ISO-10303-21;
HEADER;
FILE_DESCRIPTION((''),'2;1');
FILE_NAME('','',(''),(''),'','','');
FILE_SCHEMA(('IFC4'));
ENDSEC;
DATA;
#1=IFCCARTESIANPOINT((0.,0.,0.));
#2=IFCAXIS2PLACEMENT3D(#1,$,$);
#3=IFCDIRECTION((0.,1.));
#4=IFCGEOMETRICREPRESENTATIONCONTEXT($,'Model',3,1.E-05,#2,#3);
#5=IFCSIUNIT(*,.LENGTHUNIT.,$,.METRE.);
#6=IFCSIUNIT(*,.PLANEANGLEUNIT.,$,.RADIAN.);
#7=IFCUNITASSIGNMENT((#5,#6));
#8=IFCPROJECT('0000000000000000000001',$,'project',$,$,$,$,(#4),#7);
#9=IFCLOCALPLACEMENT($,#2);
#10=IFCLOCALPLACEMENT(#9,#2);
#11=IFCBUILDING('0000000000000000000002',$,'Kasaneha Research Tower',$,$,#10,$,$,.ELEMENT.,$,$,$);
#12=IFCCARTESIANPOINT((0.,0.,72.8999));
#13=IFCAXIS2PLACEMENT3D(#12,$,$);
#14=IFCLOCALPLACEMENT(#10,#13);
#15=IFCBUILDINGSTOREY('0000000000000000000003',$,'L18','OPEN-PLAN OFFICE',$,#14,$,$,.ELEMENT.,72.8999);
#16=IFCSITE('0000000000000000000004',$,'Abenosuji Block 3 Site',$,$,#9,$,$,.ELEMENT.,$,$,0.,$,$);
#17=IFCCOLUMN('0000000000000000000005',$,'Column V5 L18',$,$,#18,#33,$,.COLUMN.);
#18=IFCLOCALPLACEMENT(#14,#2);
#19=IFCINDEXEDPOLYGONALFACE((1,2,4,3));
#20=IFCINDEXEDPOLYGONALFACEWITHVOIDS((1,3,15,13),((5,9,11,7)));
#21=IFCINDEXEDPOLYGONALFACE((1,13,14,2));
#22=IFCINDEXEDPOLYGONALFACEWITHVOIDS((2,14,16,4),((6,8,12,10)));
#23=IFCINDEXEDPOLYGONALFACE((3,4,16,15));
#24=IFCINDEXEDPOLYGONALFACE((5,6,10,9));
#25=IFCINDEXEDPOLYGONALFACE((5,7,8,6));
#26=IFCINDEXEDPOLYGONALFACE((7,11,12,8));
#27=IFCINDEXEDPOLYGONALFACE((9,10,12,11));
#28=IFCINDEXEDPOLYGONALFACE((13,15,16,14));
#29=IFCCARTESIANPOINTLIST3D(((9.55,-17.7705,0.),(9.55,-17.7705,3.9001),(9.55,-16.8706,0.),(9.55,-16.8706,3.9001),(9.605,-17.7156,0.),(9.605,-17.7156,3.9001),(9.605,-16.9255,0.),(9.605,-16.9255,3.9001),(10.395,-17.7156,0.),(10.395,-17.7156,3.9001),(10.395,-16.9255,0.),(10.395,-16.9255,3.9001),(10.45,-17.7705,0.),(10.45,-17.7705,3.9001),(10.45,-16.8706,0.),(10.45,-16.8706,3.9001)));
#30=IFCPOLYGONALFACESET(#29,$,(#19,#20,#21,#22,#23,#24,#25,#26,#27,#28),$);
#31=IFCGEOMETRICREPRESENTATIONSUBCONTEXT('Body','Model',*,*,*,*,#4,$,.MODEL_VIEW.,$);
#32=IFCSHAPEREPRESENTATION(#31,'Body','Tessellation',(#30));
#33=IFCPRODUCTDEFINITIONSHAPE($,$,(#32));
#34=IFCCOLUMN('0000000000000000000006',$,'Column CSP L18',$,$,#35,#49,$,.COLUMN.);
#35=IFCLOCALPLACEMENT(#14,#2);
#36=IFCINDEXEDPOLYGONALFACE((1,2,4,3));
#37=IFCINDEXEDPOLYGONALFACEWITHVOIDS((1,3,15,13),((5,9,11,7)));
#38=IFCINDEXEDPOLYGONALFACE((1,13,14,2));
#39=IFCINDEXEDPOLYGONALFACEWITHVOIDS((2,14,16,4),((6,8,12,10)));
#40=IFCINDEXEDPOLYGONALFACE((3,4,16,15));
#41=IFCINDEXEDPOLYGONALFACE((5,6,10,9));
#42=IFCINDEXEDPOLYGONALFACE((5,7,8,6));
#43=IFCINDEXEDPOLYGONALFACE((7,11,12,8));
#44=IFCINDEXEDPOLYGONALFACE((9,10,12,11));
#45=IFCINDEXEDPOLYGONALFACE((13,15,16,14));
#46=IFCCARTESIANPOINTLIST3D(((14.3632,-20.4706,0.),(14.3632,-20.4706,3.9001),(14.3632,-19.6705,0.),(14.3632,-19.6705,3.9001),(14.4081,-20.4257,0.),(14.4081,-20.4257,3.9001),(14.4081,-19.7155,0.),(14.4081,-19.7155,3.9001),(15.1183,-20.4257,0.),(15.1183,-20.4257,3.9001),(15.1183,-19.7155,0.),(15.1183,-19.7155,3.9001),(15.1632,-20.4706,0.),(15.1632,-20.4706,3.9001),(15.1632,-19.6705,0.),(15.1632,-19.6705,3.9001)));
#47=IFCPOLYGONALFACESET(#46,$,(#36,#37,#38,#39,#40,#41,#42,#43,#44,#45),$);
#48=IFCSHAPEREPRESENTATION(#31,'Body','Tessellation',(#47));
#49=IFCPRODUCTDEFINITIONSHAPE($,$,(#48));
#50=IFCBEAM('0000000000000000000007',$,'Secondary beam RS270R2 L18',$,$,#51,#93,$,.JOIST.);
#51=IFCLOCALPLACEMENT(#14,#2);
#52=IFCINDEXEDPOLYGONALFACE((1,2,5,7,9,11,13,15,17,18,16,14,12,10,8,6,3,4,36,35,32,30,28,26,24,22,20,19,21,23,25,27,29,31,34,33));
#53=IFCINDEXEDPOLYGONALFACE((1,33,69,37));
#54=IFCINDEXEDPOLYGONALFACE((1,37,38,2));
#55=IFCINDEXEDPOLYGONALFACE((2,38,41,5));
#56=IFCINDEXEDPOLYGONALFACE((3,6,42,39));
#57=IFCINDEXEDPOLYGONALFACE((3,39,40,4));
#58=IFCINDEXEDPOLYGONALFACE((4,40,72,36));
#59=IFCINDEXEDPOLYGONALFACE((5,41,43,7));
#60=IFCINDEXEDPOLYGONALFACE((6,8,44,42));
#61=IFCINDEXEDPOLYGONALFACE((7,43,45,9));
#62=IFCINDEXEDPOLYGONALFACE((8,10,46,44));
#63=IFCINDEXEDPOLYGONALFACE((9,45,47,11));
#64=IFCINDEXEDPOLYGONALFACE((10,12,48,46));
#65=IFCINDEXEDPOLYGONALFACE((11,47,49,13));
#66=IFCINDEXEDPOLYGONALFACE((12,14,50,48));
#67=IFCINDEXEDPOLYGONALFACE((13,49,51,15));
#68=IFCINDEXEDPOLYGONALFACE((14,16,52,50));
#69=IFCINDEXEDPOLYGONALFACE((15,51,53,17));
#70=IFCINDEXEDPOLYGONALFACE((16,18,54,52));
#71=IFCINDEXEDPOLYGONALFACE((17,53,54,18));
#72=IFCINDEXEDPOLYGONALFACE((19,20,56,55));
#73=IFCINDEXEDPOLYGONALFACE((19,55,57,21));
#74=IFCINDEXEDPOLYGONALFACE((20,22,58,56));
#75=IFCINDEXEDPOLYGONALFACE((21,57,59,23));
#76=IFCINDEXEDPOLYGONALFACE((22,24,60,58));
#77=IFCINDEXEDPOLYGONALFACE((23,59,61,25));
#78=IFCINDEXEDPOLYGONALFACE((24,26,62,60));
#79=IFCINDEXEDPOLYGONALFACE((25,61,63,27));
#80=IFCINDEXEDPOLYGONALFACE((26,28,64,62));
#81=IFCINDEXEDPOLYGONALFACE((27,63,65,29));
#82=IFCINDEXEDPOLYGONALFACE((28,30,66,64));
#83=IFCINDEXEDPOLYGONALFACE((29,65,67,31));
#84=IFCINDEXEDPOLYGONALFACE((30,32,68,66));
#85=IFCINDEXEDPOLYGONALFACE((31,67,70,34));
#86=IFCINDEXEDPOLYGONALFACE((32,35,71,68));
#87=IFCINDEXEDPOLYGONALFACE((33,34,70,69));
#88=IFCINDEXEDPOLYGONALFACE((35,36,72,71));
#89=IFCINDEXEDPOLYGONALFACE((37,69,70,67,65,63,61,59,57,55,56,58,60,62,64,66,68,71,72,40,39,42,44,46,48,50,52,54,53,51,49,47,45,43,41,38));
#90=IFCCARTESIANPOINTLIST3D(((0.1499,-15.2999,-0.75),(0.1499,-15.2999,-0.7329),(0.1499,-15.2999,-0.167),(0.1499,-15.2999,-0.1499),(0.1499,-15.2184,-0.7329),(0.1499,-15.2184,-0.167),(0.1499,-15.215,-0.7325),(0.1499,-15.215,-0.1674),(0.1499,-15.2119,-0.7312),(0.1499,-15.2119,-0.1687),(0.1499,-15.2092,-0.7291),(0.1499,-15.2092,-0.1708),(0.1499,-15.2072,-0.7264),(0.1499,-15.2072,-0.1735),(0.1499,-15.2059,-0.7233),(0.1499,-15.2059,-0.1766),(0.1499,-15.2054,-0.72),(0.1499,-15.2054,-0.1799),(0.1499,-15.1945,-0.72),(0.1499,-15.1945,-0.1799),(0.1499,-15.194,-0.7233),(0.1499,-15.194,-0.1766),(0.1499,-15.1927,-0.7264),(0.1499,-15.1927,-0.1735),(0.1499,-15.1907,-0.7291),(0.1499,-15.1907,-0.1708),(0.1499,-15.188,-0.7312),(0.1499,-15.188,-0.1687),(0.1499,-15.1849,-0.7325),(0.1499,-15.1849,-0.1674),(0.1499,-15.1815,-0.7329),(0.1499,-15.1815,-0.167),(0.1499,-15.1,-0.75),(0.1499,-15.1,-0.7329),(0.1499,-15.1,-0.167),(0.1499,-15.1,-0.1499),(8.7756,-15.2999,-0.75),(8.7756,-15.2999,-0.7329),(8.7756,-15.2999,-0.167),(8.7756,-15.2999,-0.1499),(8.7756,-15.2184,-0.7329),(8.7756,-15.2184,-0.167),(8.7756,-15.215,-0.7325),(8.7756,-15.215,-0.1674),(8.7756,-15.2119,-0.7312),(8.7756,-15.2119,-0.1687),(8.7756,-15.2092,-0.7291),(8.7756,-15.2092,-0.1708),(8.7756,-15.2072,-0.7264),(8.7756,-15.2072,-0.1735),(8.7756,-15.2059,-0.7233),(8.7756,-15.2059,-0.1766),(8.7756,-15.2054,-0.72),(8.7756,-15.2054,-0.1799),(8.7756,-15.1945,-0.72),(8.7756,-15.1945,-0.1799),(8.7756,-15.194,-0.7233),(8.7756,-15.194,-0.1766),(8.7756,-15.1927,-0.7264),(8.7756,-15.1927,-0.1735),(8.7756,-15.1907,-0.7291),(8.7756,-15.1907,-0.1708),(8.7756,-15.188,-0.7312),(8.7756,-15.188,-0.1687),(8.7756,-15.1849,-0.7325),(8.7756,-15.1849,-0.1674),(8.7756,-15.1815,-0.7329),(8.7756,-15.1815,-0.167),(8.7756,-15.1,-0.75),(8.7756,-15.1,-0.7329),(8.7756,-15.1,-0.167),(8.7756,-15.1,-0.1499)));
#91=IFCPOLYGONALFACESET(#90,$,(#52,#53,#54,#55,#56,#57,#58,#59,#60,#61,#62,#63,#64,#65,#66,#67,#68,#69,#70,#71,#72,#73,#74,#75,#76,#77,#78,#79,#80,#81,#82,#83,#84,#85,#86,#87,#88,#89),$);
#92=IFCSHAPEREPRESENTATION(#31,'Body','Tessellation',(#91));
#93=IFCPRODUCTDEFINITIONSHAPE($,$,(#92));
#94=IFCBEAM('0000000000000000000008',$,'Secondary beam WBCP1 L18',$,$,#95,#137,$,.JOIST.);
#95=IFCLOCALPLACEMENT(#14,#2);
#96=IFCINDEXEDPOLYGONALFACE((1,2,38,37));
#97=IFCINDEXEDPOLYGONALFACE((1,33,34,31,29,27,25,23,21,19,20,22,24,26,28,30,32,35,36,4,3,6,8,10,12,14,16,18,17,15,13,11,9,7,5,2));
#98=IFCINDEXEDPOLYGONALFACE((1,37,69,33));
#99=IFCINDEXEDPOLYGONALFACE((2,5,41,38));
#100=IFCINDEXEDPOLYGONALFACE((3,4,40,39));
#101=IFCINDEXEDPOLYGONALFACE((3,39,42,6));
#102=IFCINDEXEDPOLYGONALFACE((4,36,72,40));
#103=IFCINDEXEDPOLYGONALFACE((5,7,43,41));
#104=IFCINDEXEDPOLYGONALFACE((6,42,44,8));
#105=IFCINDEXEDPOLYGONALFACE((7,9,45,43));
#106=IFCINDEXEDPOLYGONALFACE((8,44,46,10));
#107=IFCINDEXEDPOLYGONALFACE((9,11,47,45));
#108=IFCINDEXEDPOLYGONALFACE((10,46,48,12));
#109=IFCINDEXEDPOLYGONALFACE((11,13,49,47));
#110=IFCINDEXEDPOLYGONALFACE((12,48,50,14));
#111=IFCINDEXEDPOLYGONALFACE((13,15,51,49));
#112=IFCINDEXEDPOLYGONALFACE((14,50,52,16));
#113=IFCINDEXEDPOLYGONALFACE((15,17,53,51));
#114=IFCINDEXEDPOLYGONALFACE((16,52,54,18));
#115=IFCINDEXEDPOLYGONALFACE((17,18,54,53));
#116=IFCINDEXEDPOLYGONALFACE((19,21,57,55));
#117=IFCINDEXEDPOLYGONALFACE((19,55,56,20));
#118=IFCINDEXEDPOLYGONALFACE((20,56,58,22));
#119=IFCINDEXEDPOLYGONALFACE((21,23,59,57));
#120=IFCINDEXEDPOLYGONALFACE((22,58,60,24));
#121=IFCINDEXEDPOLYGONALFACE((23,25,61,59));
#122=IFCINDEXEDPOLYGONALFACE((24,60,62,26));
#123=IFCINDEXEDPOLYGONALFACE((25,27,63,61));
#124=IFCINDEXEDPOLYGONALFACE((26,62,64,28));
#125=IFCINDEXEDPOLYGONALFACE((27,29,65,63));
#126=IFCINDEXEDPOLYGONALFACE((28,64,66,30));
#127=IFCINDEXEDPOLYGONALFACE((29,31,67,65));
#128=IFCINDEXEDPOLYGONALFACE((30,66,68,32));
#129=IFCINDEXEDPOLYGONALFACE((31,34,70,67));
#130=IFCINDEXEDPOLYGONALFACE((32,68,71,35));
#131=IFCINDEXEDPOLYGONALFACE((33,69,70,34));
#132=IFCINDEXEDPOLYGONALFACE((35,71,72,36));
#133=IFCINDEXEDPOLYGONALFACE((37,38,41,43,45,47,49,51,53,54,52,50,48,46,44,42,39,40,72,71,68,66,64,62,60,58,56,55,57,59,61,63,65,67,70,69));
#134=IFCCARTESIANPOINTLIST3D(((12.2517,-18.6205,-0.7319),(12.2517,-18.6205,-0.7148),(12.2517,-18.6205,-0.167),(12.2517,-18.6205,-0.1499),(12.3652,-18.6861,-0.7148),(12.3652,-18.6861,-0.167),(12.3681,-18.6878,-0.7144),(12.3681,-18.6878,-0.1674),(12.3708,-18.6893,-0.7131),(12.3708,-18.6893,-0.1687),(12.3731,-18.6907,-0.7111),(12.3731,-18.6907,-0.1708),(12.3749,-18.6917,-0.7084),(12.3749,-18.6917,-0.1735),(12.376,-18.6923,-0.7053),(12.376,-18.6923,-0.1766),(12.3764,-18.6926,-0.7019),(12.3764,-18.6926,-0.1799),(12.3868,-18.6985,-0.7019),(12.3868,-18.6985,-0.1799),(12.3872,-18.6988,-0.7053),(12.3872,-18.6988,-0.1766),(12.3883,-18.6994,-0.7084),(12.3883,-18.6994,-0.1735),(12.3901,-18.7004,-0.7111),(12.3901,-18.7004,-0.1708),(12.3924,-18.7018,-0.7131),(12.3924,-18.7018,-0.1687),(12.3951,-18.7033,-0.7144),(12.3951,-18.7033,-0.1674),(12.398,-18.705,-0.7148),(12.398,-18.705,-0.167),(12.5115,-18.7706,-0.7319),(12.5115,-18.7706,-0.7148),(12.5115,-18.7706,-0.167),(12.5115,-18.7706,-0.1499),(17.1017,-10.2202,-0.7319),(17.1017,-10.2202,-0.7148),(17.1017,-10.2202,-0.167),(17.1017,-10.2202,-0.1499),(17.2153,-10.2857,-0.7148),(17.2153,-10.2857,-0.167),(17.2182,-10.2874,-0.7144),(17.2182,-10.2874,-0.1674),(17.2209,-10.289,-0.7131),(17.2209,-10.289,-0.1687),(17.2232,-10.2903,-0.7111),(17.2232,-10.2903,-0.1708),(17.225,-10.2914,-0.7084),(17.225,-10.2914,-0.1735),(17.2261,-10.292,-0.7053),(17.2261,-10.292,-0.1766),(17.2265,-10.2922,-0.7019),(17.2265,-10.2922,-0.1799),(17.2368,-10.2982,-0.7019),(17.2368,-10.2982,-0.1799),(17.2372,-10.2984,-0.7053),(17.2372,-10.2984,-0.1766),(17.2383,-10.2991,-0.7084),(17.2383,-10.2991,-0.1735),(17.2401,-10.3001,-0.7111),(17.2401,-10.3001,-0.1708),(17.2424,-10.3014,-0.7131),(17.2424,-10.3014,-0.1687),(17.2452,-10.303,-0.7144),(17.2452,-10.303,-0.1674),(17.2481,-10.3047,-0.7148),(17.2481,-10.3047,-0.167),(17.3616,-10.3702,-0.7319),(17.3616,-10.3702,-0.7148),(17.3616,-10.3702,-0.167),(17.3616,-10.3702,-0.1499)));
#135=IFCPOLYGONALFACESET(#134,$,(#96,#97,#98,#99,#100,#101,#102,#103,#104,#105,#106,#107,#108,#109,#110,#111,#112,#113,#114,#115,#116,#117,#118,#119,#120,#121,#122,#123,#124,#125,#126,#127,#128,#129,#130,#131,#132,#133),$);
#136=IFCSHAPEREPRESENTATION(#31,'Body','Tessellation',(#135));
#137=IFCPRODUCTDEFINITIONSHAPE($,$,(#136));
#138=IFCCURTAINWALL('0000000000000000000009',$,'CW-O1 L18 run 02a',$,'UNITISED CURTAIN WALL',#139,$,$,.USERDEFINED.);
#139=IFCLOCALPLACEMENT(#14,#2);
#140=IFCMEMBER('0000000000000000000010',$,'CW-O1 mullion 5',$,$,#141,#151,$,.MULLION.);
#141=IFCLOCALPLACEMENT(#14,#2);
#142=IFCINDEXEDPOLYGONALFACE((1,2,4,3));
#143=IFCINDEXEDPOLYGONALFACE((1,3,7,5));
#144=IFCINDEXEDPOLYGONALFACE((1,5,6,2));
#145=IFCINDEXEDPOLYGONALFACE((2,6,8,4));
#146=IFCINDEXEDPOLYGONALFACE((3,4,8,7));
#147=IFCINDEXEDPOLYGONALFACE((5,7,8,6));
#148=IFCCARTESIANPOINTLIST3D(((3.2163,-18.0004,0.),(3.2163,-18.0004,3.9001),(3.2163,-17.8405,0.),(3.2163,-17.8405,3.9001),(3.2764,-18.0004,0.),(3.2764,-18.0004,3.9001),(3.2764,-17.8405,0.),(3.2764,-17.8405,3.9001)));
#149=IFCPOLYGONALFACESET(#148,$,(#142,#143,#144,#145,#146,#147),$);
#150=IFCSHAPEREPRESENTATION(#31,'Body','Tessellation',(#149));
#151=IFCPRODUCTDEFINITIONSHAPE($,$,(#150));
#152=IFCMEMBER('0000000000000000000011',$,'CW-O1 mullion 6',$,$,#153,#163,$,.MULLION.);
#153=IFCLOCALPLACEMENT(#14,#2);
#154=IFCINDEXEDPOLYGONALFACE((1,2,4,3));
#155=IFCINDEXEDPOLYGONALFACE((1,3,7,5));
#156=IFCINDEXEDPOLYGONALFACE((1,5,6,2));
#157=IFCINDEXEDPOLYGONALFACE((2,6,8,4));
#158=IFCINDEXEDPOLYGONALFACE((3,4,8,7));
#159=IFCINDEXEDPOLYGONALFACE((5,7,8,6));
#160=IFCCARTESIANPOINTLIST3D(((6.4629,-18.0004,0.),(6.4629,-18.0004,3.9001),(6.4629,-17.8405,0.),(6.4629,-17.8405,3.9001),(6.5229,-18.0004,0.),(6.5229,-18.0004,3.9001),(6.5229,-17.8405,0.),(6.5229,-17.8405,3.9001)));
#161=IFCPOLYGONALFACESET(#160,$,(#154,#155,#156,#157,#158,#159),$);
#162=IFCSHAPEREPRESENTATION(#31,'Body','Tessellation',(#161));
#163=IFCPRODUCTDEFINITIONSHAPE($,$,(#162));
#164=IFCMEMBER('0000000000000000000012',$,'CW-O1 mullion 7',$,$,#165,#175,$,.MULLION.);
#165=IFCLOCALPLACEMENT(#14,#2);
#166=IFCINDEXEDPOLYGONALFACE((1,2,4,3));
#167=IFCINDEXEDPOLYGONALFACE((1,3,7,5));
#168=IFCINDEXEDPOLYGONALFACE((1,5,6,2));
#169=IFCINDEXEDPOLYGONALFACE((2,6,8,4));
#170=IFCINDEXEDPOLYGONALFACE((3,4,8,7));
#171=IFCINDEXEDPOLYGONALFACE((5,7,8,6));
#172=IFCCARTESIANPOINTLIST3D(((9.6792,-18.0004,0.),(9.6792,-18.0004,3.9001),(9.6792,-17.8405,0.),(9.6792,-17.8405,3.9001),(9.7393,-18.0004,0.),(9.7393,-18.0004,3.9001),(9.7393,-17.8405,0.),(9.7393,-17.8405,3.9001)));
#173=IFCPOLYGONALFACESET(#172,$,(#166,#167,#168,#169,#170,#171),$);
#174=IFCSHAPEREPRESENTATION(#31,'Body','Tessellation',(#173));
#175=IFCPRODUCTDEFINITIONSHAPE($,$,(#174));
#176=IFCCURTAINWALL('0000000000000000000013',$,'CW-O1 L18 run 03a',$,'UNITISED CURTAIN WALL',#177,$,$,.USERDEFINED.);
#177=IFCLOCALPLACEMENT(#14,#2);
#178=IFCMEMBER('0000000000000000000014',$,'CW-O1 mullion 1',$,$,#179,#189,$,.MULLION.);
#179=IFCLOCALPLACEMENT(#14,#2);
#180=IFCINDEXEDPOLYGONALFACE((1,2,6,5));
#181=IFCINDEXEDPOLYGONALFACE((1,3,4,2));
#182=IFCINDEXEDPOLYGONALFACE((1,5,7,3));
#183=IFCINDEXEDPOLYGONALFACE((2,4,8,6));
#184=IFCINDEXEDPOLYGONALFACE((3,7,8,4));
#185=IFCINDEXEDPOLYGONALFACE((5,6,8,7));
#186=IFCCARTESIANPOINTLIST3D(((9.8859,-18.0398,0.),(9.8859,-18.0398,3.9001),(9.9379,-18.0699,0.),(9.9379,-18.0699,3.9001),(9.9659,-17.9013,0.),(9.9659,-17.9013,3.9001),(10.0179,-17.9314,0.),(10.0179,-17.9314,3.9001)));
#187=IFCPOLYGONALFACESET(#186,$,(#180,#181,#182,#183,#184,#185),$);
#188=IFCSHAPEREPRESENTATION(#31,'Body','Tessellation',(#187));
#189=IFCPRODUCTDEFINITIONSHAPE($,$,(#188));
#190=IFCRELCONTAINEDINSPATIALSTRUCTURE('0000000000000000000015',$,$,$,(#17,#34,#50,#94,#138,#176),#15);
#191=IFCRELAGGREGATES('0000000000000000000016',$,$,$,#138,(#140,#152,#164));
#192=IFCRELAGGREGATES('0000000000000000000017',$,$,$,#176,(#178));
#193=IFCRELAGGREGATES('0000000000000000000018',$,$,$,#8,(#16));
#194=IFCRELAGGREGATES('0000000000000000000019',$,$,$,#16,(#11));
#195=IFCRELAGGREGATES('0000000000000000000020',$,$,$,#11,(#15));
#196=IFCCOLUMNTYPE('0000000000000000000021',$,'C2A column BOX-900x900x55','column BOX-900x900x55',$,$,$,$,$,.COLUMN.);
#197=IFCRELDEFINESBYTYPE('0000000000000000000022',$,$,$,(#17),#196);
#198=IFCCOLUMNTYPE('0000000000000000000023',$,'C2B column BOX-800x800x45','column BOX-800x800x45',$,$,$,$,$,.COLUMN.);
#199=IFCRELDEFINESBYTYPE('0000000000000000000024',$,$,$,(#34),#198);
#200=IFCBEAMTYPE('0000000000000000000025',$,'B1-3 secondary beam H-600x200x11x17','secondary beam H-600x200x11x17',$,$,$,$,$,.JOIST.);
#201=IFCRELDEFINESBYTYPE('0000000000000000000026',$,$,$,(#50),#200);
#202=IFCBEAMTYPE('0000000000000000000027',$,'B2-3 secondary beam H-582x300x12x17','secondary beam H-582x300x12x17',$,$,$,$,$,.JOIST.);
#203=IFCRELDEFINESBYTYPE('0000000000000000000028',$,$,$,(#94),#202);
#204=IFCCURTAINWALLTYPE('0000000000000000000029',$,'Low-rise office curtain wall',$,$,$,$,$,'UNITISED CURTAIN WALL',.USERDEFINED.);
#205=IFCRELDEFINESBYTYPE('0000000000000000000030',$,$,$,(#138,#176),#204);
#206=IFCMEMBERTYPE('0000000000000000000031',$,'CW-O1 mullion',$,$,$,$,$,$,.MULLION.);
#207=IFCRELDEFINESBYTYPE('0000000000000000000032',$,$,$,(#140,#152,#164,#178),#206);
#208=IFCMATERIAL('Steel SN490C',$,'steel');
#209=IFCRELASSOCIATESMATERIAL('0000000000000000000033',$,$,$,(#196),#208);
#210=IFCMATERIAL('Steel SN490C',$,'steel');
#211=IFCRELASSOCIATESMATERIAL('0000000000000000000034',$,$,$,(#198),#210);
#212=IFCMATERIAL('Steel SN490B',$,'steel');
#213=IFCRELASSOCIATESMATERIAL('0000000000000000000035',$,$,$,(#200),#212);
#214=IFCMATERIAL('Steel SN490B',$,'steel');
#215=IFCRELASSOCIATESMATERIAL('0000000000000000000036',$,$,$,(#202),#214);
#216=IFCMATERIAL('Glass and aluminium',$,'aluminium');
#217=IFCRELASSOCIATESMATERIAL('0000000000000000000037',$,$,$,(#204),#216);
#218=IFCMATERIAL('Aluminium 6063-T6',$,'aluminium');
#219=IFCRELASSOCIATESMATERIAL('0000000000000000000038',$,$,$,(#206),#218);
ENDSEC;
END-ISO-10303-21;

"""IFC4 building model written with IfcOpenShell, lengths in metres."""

from ifc_helpers import new_model, si_unit, direction, frame, origin, origin_2d, place, context, subcontext, project, spatial, rectangle, hollow_rectangle, i_section, extrude, material, material_profile, profile_set, type_object, element, aggregate, save


model = new_model("IFC4")

# Units and contexts
model_context = context("Model", 3, precision=1e-05, world=origin(), true_north=direction((0.0, 1.0)))
body_context = subcontext(model_context, "Body", "Model", "MODEL_VIEW")
ifc_project = project(units=[si_unit("LENGTHUNIT", "METRE"), si_unit("PLANEANGLEUNIT", "RADIAN")], contexts=[model_context])

# Site, building, storey
site_placement = place(None, origin())
site = spatial("IfcSite", under=ifc_project, at=site_placement, Name="Abenosuji Block 3 Site", CompositionType="ELEMENT", RefElevation=0.0)
building_placement = place(site_placement, origin())
building = spatial("IfcBuilding", under=site, at=building_placement, Name="Kasaneha Research Tower", CompositionType="ELEMENT")
storey_placement = place(building_placement, frame((0.0, 0.0, 72.8999)))
storey = spatial("IfcBuildingStorey", under=building, at=storey_placement, Name="L18", Description="OPEN-PLAN OFFICE", CompositionType="ELEMENT", Elevation=72.8999)

# Columns
ifc_material_1 = material(Name="Steel SN490C", Category="steel")
ifc_material_profile_1 = material_profile(ifc_material_1, hollow_rectangle(XDim=0.8999, YDim=0.8999, WallThickness=0.0549, at=origin_2d()), Name="BOX-900x900x55")
ifc_profile_set_1 = profile_set([ifc_material_profile_1], Name="Steel SN490C")
column_type_1 = type_object("IfcColumnType", Name="C2A column BOX-900x900x55", Description="column BOX-900x900x55", PredefinedType="COLUMN", material=ifc_profile_set_1)
column_1_placement = place(storey_placement, frame((10.0, -17.3206, 0.0), z_axis=(0.0, 0.0, 1.0), x_axis=(1.0, 0.0, 0.0)))
element("IfcColumn", 1, at=column_1_placement, inside=storey, type_object=column_type_1, Name="Column V5 L18", PredefinedType="COLUMN", context=body_context, shape_type="SweptSolid", body=[
    extrude(hollow_rectangle(XDim=0.8999, YDim=0.8999, WallThickness=0.0549, at=origin_2d()), origin(), (0.0, 0.0, 1.0), 3.9001),
])
ifc_material_2 = material(Name="Steel SN490C", Category="steel")
ifc_material_profile_2 = material_profile(ifc_material_2, hollow_rectangle(XDim=0.8, YDim=0.8, WallThickness=0.0449, at=origin_2d()), Name="BOX-800x800x45")
ifc_profile_set_2 = profile_set([ifc_material_profile_2], Name="Steel SN490C")
column_type_2 = type_object("IfcColumnType", Name="C2B column BOX-800x800x45", Description="column BOX-800x800x45", PredefinedType="COLUMN", material=ifc_profile_set_2)
column_2_placement = place(storey_placement, frame((14.7632, -20.0706, 0.0), z_axis=(0.0, 0.0, 1.0), x_axis=(1.0, 0.0, 0.0)))
element("IfcColumn", 2, at=column_2_placement, inside=storey, type_object=column_type_2, Name="Column CSP L18", PredefinedType="COLUMN", context=body_context, shape_type="SweptSolid", body=[
    extrude(hollow_rectangle(XDim=0.8, YDim=0.8, WallThickness=0.0449, at=origin_2d()), origin(), (0.0, 0.0, 1.0), 3.9001),
])

# Beams
ifc_material_3 = material(Name="Steel SN490B", Category="steel")
ifc_material_profile_3 = material_profile(ifc_material_3, i_section(OverallWidth=0.2, OverallDepth=0.6001, WebThickness=0.011, FlangeThickness=0.0171, FilletRadius=0.0129, at=origin_2d()), Name="H-600x200x11x17")
ifc_profile_set_3 = profile_set([ifc_material_profile_3], Name="Steel SN490B")
beam_type_1 = type_object("IfcBeamType", Name="B1-3 secondary beam H-600x200x11x17", Description="secondary beam H-600x200x11x17", PredefinedType="JOIST", material=ifc_profile_set_3)
beam_1_placement = place(storey_placement, frame((8.7756, -15.2, -0.45), z_axis=(-1.0, 0.0, 0.0), x_axis=(0.0, -1.0, 0.0)))
element("IfcBeam", 3, at=beam_1_placement, inside=storey, type_object=beam_type_1, Name="Secondary beam RS270R2 L18", PredefinedType="JOIST", context=body_context, shape_type="SweptSolid", body=[
    extrude(i_section(OverallWidth=0.2, OverallDepth=0.6001, WebThickness=0.011, FlangeThickness=0.0171, FilletRadius=0.0129, at=origin_2d()), origin(), (0.0, 0.0, 1.0), 8.6257),
])
ifc_material_4 = material(Name="Steel SN490B", Category="steel")
ifc_material_profile_4 = material_profile(ifc_material_4, i_section(OverallWidth=0.3, OverallDepth=0.582, WebThickness=0.012, FlangeThickness=0.0171, FilletRadius=0.0129, at=origin_2d()), Name="H-582x300x12x17")
ifc_profile_set_4 = profile_set([ifc_material_profile_4], Name="Steel SN490B")
beam_type_2 = type_object("IfcBeamType", Name="B2-3 secondary beam H-582x300x12x17", Description="secondary beam H-582x300x12x17", PredefinedType="JOIST", material=ifc_profile_set_4)
beam_2_placement = place(storey_placement, frame((12.3816, -18.6956, -0.4409), z_axis=(0.50001, 0.86602, 0.0), x_axis=(-0.86602, 0.50001, 0.0)))
element("IfcBeam", 4, at=beam_2_placement, inside=storey, type_object=beam_type_2, Name="Secondary beam WBCP1 L18", PredefinedType="JOIST", context=body_context, shape_type="SweptSolid", body=[
    extrude(i_section(OverallWidth=0.3, OverallDepth=0.582, WebThickness=0.012, FlangeThickness=0.0171, FilletRadius=0.0129, at=origin_2d()), origin(), (0.0, 0.0, 1.0), 9.7),
])

# Curtain walls, members
ifc_material_5 = material(Name="Glass and aluminium", Category="aluminium")
curtain_wall_type = type_object("IfcCurtainWallType", Name="Low-rise office curtain wall", ElementType="UNITISED CURTAIN WALL", PredefinedType="USERDEFINED", material=ifc_material_5)
curtain_wall_1_placement = place(storey_placement, origin())
curtain_wall_1 = element("IfcCurtainWall", 5, at=curtain_wall_1_placement, inside=storey, type_object=curtain_wall_type, Name="CW-O1 L18 run 02a", ObjectType="UNITISED CURTAIN WALL", PredefinedType="USERDEFINED")
ifc_material_6 = material(Name="Aluminium 6063-T6", Category="aluminium")
ifc_material_profile_5 = material_profile(ifc_material_6, rectangle(XDim=0.0601, YDim=0.1599, at=origin_2d()), Name="CW-O1 mullion 60x160")
ifc_profile_set_5 = profile_set([ifc_material_profile_5], Name="Aluminium 6063-T6")
member_type_1 = type_object("IfcMemberType", Name="CW-O1 mullion", PredefinedType="MULLION", material=ifc_profile_set_5)
member_1_placement = place(storey_placement, frame((3.2463, -17.9204, 0.0), z_axis=(0.0, 0.0, 1.0), x_axis=(1.0, 0.0, 0.0)))
member_1 = element("IfcMember", 6, at=member_1_placement, type_object=member_type_1, Name="CW-O1 mullion 5", PredefinedType="MULLION", context=body_context, shape_type="SweptSolid", body=[
    extrude(rectangle(XDim=0.0601, YDim=0.1599, at=origin_2d()), origin(), (0.0, 0.0, 1.0), 3.9001),
])
member_2_placement = place(storey_placement, frame((6.4929, -17.9204, 0.0), z_axis=(0.0, 0.0, 1.0), x_axis=(1.0, 0.0, 0.0)))
member_2 = element("IfcMember", 7, at=member_2_placement, type_object=member_type_1, Name="CW-O1 mullion 6", PredefinedType="MULLION", context=body_context, shape_type="SweptSolid", body=[
    extrude(rectangle(XDim=0.0601, YDim=0.1599, at=origin_2d()), origin(), (0.0, 0.0, 1.0), 3.9001),
])
member_3_placement = place(storey_placement, frame((9.7092, -17.9204, 0.0), z_axis=(0.0, 0.0, 1.0), x_axis=(1.0, 0.0, 0.0)))
member_3 = element("IfcMember", 8, at=member_3_placement, type_object=member_type_1, Name="CW-O1 mullion 7", PredefinedType="MULLION", context=body_context, shape_type="SweptSolid", body=[
    extrude(rectangle(XDim=0.0601, YDim=0.1599, at=origin_2d()), origin(), (0.0, 0.0, 1.0), 3.9001),
])
curtain_wall_2_placement = place(storey_placement, origin())
curtain_wall_2 = element("IfcCurtainWall", 9, at=curtain_wall_2_placement, inside=storey, type_object=curtain_wall_type, Name="CW-O1 L18 run 03a", ObjectType="UNITISED CURTAIN WALL", PredefinedType="USERDEFINED")
member_4_placement = place(storey_placement, frame((9.9519, -17.9856, 0.0), z_axis=(0.0, 0.0, 1.0), x_axis=(0.866025, -0.5, 0.0)))
member_4 = element("IfcMember", 10, at=member_4_placement, type_object=member_type_1, Name="CW-O1 mullion 1", PredefinedType="MULLION", context=body_context, shape_type="SweptSolid", body=[
    extrude(rectangle(XDim=0.0601, YDim=0.1599, at=origin_2d()), origin(), (0.0, 0.0, 1.0), 3.9001),
])

aggregate(curtain_wall_1, [member_1, member_2, member_3])
aggregate(curtain_wall_2, [member_4])

save(model, "model.ifc")
